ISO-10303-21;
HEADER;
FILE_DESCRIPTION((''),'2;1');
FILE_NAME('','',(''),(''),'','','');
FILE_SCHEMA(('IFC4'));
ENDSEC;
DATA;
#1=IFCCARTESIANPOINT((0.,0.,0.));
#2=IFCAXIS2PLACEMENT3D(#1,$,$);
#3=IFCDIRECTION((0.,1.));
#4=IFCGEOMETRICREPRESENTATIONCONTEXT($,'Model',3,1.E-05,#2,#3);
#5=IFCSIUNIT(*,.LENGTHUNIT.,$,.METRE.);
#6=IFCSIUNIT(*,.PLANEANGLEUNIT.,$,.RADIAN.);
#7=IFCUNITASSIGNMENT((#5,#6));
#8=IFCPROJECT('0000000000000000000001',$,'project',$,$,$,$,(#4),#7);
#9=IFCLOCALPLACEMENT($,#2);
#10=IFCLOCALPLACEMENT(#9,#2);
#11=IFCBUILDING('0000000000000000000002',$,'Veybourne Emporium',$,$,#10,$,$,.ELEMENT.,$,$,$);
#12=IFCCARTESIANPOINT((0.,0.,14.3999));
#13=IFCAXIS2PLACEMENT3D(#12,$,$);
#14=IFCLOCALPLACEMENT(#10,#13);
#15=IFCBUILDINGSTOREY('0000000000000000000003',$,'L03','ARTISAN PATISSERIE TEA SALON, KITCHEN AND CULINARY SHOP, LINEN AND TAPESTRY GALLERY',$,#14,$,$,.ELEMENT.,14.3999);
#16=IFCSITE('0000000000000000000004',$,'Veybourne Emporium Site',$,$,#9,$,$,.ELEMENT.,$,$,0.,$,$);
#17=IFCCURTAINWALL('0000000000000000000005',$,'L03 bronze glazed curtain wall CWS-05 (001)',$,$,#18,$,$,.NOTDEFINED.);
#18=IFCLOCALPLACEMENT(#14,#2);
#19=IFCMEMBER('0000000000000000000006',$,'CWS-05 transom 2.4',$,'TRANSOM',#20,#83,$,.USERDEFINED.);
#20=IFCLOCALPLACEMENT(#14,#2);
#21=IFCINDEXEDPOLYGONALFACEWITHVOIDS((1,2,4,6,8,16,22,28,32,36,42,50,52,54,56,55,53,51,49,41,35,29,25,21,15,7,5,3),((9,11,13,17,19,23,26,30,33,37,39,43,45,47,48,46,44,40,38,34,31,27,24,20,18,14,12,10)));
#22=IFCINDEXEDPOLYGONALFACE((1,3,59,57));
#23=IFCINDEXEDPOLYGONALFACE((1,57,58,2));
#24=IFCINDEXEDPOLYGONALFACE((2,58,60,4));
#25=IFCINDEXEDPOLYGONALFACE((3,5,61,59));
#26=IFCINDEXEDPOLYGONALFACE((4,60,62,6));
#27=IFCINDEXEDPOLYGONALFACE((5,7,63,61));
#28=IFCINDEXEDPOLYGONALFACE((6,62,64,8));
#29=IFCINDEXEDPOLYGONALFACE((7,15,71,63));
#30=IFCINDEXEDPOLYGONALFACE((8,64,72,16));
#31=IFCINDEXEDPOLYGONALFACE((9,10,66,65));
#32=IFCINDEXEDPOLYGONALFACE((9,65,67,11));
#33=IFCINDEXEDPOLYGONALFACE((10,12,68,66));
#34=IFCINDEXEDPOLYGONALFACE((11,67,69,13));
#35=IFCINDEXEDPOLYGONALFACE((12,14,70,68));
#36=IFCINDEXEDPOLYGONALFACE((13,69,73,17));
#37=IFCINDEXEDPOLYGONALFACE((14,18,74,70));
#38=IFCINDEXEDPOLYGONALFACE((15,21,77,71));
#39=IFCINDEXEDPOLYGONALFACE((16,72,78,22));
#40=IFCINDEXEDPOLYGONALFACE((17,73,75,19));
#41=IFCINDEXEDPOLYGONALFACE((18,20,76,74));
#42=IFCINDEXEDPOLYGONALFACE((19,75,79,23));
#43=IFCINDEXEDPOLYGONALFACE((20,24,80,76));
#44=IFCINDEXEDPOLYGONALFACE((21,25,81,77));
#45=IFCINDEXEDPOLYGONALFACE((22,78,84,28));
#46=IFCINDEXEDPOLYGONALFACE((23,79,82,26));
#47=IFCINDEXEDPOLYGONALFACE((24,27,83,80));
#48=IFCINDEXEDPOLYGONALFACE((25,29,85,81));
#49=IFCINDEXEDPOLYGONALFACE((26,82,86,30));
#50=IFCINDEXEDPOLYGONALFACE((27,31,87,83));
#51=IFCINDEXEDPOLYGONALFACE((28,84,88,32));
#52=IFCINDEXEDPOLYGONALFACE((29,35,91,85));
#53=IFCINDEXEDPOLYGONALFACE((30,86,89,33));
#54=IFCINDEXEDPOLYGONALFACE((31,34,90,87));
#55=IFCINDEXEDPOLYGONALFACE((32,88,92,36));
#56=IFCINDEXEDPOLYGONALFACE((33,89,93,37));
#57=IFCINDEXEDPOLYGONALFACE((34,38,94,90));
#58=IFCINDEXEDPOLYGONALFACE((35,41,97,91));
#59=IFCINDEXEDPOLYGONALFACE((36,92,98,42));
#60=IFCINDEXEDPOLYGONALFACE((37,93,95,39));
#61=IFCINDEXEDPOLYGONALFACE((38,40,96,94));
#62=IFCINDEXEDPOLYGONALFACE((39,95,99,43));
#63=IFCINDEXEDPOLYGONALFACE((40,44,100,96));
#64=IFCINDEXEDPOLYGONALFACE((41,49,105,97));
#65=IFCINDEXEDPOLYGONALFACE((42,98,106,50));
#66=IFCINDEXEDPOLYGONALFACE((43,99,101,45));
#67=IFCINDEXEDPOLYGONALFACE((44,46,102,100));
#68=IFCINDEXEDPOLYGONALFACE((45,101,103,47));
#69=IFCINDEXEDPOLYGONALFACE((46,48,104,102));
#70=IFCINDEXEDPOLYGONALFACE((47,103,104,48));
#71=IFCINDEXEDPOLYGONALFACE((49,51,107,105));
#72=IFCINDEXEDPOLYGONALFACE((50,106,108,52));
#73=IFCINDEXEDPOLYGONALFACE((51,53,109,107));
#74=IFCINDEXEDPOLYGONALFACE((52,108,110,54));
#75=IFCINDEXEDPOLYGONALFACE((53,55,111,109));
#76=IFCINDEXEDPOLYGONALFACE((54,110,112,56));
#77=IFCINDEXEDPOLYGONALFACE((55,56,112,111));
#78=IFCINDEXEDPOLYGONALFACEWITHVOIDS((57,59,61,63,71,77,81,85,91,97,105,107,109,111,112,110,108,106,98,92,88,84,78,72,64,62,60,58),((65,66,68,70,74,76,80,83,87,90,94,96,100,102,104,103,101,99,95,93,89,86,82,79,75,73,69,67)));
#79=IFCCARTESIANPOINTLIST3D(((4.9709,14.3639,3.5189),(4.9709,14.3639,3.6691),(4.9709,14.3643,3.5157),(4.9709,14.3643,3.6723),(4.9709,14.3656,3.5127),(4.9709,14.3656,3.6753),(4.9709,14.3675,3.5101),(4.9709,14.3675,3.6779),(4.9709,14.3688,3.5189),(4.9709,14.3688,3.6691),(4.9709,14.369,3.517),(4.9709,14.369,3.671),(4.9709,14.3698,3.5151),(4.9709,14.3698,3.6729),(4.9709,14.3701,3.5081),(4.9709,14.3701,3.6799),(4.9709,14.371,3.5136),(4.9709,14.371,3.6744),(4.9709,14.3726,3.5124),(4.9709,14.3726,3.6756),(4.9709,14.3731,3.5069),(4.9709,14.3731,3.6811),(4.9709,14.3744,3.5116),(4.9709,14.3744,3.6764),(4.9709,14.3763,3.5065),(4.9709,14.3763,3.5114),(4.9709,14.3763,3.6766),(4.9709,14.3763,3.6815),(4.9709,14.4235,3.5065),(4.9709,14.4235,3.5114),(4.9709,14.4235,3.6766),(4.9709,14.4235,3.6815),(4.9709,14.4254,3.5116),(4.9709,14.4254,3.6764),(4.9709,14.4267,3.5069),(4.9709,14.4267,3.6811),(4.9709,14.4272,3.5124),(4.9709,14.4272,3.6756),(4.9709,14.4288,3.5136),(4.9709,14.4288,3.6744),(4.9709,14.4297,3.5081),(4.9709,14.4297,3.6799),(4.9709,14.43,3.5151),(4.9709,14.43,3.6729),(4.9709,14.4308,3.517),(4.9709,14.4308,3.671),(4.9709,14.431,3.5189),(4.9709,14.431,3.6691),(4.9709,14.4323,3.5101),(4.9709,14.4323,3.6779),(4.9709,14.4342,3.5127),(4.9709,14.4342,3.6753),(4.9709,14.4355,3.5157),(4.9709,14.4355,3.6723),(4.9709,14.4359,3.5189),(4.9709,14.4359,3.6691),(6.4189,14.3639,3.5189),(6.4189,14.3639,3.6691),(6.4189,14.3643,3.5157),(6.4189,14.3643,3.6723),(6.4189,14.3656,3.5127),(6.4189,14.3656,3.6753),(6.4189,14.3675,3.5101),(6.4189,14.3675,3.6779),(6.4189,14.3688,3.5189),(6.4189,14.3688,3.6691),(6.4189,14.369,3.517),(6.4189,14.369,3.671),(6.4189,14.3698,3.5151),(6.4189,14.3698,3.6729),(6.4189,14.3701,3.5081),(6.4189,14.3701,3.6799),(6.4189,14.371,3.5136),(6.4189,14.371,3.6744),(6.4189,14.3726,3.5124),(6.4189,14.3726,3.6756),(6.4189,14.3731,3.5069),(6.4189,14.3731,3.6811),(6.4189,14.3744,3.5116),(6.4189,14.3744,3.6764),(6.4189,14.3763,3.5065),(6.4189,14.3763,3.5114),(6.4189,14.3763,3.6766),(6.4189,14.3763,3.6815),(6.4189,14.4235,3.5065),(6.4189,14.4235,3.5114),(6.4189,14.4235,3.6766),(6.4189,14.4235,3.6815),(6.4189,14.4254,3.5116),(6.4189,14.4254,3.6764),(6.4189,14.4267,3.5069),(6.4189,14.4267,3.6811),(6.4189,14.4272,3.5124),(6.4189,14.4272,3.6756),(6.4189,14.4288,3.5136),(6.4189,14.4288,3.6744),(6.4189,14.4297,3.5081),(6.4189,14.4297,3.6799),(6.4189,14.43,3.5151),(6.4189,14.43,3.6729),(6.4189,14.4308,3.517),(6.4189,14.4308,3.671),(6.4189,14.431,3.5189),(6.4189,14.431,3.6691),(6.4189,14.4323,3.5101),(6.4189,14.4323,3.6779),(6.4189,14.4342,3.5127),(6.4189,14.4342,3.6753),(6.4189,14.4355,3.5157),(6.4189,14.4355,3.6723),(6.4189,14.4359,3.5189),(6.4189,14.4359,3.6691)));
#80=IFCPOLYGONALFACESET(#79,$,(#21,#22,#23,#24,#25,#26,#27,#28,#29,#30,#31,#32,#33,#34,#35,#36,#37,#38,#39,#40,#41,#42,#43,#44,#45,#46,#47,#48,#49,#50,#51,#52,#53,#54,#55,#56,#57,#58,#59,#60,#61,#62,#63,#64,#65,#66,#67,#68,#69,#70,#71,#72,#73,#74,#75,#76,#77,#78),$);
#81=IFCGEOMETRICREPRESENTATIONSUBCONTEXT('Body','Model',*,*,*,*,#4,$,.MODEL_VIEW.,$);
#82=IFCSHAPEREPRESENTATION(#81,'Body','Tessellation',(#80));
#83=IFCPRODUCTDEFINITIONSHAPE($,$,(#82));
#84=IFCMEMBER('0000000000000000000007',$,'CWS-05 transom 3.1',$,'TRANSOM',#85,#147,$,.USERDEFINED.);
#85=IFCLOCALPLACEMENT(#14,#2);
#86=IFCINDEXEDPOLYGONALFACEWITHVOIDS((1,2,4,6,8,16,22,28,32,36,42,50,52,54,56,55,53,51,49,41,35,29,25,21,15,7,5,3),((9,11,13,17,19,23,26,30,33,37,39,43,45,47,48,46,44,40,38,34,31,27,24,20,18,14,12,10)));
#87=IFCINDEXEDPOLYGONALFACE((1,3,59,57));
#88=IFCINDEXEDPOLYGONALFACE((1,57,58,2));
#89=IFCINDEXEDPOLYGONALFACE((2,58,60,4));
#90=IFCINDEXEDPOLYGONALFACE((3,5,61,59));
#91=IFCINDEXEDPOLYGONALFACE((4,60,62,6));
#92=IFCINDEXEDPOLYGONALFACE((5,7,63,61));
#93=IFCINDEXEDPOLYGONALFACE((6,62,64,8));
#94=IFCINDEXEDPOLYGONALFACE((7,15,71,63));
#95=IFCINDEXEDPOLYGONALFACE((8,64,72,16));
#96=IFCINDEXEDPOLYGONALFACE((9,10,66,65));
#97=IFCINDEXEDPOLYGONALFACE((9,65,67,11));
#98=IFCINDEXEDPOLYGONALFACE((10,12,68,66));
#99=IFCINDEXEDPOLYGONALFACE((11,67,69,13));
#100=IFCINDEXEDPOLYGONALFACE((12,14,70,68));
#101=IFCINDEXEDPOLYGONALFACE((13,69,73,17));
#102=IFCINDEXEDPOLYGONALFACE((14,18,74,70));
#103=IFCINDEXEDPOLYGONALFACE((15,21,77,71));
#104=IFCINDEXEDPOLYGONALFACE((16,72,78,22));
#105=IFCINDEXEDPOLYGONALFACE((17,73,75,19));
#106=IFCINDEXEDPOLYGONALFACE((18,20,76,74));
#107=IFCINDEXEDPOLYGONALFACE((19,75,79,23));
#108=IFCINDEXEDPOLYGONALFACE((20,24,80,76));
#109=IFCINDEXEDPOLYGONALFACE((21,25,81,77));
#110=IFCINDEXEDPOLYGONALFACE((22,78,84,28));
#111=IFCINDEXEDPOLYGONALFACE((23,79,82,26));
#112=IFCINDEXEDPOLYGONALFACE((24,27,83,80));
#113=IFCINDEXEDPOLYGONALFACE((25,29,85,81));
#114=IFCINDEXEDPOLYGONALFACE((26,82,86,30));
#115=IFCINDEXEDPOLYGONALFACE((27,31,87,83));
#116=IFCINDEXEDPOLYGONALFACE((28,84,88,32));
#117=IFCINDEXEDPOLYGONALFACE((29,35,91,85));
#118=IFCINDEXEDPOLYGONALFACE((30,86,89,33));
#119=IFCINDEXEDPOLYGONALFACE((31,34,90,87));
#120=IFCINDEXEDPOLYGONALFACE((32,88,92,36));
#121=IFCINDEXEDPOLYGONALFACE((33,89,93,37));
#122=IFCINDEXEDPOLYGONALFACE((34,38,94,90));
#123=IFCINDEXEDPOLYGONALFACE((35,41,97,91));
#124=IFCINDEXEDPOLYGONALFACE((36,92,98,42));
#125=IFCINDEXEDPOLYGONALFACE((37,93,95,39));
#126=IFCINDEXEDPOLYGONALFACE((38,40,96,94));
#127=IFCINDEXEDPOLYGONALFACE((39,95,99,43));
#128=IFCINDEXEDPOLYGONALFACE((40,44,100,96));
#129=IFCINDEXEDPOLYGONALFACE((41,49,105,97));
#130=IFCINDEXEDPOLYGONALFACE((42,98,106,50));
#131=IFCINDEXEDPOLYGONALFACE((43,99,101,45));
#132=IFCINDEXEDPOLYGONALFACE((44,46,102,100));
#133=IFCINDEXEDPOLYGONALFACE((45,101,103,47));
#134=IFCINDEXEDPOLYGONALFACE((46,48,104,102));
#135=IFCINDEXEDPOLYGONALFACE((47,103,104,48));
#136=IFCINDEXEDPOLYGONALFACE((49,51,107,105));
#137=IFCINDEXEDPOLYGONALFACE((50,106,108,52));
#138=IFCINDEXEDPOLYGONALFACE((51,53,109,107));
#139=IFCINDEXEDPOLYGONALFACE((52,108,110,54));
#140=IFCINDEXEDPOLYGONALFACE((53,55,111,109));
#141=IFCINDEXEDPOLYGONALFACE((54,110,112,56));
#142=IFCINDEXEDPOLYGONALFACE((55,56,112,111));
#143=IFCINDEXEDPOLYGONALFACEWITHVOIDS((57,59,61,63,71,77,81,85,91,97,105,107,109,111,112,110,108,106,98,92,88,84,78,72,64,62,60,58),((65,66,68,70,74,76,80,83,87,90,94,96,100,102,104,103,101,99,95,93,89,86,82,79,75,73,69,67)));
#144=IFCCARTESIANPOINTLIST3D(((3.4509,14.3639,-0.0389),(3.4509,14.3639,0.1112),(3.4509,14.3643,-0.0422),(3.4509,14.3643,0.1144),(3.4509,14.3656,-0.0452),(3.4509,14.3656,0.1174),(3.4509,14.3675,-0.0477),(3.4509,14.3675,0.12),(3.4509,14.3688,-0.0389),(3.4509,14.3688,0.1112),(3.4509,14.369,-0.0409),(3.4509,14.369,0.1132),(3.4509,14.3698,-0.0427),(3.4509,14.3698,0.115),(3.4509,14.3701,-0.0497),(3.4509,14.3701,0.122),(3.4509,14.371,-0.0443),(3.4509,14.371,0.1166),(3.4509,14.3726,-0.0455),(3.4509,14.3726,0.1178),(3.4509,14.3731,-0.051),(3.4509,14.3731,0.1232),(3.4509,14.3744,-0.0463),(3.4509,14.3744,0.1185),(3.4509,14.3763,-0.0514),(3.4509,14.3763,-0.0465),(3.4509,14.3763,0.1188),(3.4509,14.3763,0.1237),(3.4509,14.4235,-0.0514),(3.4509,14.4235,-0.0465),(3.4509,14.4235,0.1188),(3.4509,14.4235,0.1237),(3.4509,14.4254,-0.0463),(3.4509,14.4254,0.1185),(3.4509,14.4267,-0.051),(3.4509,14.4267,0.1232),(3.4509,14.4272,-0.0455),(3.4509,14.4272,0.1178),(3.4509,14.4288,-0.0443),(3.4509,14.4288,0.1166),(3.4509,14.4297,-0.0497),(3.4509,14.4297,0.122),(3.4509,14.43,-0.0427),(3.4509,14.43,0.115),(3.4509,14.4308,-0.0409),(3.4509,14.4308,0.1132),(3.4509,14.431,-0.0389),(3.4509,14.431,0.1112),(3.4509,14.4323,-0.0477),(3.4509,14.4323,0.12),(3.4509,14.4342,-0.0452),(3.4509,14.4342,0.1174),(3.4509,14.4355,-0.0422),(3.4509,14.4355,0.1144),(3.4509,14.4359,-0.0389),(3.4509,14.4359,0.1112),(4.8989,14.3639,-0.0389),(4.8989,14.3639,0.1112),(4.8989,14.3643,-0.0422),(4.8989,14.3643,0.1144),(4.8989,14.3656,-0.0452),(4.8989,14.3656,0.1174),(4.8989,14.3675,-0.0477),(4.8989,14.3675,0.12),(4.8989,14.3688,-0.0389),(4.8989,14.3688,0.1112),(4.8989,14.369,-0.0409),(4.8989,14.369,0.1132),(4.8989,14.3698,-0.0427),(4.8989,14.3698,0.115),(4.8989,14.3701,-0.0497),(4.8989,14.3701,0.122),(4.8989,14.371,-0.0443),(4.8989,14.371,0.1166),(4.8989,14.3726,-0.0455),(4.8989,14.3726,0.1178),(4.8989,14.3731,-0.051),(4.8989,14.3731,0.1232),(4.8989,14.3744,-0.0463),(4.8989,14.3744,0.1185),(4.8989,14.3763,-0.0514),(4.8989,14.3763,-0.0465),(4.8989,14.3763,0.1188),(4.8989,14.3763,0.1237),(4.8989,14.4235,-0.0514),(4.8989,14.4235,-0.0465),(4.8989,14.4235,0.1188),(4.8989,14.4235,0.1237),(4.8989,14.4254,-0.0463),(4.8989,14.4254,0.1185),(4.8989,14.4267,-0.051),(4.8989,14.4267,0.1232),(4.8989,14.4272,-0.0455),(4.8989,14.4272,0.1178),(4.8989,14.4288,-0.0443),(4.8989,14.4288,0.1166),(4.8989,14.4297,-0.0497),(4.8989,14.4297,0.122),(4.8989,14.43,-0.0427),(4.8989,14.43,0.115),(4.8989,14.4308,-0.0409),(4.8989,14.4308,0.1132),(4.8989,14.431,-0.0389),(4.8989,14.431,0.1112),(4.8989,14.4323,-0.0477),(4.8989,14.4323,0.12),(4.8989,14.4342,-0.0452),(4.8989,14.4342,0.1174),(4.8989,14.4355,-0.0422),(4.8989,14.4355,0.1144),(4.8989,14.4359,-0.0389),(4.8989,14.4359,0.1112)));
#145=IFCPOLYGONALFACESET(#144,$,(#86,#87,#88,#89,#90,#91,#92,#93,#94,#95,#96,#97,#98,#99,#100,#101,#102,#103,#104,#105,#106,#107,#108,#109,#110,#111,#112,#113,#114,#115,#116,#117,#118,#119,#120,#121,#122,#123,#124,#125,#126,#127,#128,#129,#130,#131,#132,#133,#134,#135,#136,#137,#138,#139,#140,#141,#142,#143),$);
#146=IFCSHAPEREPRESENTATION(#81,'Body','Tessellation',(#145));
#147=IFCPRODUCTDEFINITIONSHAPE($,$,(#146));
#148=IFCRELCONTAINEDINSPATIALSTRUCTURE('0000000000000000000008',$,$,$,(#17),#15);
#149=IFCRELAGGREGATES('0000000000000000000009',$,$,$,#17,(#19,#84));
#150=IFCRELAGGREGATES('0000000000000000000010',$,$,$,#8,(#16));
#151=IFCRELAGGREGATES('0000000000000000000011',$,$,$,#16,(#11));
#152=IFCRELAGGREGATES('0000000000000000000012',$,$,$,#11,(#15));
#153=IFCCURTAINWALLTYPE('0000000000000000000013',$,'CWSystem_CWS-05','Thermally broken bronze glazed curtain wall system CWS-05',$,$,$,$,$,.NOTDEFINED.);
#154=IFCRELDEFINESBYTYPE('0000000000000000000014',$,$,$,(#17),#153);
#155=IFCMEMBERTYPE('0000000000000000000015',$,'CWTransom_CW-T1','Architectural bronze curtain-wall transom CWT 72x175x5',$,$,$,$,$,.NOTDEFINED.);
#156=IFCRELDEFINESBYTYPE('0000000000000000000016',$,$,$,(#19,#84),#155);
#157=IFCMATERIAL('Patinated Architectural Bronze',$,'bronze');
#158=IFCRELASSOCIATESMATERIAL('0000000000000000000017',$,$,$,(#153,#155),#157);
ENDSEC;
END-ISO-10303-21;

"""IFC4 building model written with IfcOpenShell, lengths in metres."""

from ifc_helpers import new_model, si_unit, direction, frame, origin, origin_2d, place, context, subcontext, project, spatial, hollow_rectangle, extrude, material, material_profile, profile_set, type_object, element, aggregate, save


model = new_model("IFC4")

# Units and contexts
model_context = context("Model", 3, precision=1e-05, world=origin(), true_north=direction((0.0, 1.0)))
body_context = subcontext(model_context, "Body", "Model", "MODEL_VIEW")
ifc_project = project(units=[si_unit("LENGTHUNIT", "METRE"), si_unit("PLANEANGLEUNIT", "RADIAN")], contexts=[model_context])

# Site, building, storey
site_placement = place(None, origin())
site = spatial("IfcSite", under=ifc_project, at=site_placement, Name="Veybourne Emporium Site", CompositionType="ELEMENT", RefElevation=0.0)
building_placement = place(site_placement, origin())
building = spatial("IfcBuilding", under=site, at=building_placement, Name="Veybourne Emporium", CompositionType="ELEMENT")
storey_placement = place(building_placement, frame((0.0, 0.0, 14.3999)))
storey = spatial("IfcBuildingStorey", under=building, at=storey_placement, Name="L03", Description="ARTISAN PATISSERIE TEA SALON, KITCHEN AND CULINARY SHOP, LINEN AND TAPESTRY GALLERY", CompositionType="ELEMENT", Elevation=14.3999)

# Curtain wall, members
ifc_material_1 = material(Name="Patinated Architectural Bronze", Category="bronze")
curtain_wall_type = type_object("IfcCurtainWallType", Name="CWSystem_CWS-05", Description="Thermally broken bronze glazed curtain wall system CWS-05", PredefinedType="NOTDEFINED", material=ifc_material_1)
curtain_wall_placement = place(storey_placement, origin())
curtain_wall = element("IfcCurtainWall", 1, at=curtain_wall_placement, inside=storey, type_object=curtain_wall_type, Name="L03 bronze glazed curtain wall CWS-05 (001)", PredefinedType="NOTDEFINED")
ifc_material_profile_1 = material_profile(ifc_material_1, hollow_rectangle(XDim=0.072, YDim=0.175, WallThickness=0.0049, InnerFilletRadius=0.0076, OuterFilletRadius=0.0125, at=origin_2d()), Name="CWT 72x175x5")
ifc_profile_set_1 = profile_set([ifc_material_profile_1], Name="Patinated Architectural Bronze")
member_type_1 = type_object("IfcMemberType", Name="CWTransom_CW-T1", Description="Architectural bronze curtain-wall transom CWT 72x175x5", PredefinedType="NOTDEFINED", material=ifc_profile_set_1)
member_1_placement = place(storey_placement, frame((6.4189, 14.3999, 3.594), z_axis=(-1.0, 0.0, 0.0), x_axis=(0.0, -1.0, 0.0)))
member_1 = element("IfcMember", 2, at=member_1_placement, type_object=member_type_1, Name="CWS-05 transom 2.4", ObjectType="TRANSOM", PredefinedType="USERDEFINED", context=body_context, shape_type="SweptSolid", body=[
    extrude(hollow_rectangle(XDim=0.072, YDim=0.175, WallThickness=0.0049, InnerFilletRadius=0.0076, OuterFilletRadius=0.0125, at=origin_2d()), origin(), (0.0, 0.0, 1.0), 1.448),
])
member_2_placement = place(storey_placement, frame((4.8989, 14.3999, 0.0361), z_axis=(-1.0, 0.0, 0.0), x_axis=(0.0, -1.0, 0.0)))
member_2 = element("IfcMember", 3, at=member_2_placement, type_object=member_type_1, Name="CWS-05 transom 3.1", ObjectType="TRANSOM", PredefinedType="USERDEFINED", context=body_context, shape_type="SweptSolid", body=[
    extrude(hollow_rectangle(XDim=0.072, YDim=0.175, WallThickness=0.0049, InnerFilletRadius=0.0076, OuterFilletRadius=0.0125, at=origin_2d()), origin(), (0.0, 0.0, 1.0), 1.448),
])
aggregate(curtain_wall, [member_1, member_2])

save(model, "model.ifc")
